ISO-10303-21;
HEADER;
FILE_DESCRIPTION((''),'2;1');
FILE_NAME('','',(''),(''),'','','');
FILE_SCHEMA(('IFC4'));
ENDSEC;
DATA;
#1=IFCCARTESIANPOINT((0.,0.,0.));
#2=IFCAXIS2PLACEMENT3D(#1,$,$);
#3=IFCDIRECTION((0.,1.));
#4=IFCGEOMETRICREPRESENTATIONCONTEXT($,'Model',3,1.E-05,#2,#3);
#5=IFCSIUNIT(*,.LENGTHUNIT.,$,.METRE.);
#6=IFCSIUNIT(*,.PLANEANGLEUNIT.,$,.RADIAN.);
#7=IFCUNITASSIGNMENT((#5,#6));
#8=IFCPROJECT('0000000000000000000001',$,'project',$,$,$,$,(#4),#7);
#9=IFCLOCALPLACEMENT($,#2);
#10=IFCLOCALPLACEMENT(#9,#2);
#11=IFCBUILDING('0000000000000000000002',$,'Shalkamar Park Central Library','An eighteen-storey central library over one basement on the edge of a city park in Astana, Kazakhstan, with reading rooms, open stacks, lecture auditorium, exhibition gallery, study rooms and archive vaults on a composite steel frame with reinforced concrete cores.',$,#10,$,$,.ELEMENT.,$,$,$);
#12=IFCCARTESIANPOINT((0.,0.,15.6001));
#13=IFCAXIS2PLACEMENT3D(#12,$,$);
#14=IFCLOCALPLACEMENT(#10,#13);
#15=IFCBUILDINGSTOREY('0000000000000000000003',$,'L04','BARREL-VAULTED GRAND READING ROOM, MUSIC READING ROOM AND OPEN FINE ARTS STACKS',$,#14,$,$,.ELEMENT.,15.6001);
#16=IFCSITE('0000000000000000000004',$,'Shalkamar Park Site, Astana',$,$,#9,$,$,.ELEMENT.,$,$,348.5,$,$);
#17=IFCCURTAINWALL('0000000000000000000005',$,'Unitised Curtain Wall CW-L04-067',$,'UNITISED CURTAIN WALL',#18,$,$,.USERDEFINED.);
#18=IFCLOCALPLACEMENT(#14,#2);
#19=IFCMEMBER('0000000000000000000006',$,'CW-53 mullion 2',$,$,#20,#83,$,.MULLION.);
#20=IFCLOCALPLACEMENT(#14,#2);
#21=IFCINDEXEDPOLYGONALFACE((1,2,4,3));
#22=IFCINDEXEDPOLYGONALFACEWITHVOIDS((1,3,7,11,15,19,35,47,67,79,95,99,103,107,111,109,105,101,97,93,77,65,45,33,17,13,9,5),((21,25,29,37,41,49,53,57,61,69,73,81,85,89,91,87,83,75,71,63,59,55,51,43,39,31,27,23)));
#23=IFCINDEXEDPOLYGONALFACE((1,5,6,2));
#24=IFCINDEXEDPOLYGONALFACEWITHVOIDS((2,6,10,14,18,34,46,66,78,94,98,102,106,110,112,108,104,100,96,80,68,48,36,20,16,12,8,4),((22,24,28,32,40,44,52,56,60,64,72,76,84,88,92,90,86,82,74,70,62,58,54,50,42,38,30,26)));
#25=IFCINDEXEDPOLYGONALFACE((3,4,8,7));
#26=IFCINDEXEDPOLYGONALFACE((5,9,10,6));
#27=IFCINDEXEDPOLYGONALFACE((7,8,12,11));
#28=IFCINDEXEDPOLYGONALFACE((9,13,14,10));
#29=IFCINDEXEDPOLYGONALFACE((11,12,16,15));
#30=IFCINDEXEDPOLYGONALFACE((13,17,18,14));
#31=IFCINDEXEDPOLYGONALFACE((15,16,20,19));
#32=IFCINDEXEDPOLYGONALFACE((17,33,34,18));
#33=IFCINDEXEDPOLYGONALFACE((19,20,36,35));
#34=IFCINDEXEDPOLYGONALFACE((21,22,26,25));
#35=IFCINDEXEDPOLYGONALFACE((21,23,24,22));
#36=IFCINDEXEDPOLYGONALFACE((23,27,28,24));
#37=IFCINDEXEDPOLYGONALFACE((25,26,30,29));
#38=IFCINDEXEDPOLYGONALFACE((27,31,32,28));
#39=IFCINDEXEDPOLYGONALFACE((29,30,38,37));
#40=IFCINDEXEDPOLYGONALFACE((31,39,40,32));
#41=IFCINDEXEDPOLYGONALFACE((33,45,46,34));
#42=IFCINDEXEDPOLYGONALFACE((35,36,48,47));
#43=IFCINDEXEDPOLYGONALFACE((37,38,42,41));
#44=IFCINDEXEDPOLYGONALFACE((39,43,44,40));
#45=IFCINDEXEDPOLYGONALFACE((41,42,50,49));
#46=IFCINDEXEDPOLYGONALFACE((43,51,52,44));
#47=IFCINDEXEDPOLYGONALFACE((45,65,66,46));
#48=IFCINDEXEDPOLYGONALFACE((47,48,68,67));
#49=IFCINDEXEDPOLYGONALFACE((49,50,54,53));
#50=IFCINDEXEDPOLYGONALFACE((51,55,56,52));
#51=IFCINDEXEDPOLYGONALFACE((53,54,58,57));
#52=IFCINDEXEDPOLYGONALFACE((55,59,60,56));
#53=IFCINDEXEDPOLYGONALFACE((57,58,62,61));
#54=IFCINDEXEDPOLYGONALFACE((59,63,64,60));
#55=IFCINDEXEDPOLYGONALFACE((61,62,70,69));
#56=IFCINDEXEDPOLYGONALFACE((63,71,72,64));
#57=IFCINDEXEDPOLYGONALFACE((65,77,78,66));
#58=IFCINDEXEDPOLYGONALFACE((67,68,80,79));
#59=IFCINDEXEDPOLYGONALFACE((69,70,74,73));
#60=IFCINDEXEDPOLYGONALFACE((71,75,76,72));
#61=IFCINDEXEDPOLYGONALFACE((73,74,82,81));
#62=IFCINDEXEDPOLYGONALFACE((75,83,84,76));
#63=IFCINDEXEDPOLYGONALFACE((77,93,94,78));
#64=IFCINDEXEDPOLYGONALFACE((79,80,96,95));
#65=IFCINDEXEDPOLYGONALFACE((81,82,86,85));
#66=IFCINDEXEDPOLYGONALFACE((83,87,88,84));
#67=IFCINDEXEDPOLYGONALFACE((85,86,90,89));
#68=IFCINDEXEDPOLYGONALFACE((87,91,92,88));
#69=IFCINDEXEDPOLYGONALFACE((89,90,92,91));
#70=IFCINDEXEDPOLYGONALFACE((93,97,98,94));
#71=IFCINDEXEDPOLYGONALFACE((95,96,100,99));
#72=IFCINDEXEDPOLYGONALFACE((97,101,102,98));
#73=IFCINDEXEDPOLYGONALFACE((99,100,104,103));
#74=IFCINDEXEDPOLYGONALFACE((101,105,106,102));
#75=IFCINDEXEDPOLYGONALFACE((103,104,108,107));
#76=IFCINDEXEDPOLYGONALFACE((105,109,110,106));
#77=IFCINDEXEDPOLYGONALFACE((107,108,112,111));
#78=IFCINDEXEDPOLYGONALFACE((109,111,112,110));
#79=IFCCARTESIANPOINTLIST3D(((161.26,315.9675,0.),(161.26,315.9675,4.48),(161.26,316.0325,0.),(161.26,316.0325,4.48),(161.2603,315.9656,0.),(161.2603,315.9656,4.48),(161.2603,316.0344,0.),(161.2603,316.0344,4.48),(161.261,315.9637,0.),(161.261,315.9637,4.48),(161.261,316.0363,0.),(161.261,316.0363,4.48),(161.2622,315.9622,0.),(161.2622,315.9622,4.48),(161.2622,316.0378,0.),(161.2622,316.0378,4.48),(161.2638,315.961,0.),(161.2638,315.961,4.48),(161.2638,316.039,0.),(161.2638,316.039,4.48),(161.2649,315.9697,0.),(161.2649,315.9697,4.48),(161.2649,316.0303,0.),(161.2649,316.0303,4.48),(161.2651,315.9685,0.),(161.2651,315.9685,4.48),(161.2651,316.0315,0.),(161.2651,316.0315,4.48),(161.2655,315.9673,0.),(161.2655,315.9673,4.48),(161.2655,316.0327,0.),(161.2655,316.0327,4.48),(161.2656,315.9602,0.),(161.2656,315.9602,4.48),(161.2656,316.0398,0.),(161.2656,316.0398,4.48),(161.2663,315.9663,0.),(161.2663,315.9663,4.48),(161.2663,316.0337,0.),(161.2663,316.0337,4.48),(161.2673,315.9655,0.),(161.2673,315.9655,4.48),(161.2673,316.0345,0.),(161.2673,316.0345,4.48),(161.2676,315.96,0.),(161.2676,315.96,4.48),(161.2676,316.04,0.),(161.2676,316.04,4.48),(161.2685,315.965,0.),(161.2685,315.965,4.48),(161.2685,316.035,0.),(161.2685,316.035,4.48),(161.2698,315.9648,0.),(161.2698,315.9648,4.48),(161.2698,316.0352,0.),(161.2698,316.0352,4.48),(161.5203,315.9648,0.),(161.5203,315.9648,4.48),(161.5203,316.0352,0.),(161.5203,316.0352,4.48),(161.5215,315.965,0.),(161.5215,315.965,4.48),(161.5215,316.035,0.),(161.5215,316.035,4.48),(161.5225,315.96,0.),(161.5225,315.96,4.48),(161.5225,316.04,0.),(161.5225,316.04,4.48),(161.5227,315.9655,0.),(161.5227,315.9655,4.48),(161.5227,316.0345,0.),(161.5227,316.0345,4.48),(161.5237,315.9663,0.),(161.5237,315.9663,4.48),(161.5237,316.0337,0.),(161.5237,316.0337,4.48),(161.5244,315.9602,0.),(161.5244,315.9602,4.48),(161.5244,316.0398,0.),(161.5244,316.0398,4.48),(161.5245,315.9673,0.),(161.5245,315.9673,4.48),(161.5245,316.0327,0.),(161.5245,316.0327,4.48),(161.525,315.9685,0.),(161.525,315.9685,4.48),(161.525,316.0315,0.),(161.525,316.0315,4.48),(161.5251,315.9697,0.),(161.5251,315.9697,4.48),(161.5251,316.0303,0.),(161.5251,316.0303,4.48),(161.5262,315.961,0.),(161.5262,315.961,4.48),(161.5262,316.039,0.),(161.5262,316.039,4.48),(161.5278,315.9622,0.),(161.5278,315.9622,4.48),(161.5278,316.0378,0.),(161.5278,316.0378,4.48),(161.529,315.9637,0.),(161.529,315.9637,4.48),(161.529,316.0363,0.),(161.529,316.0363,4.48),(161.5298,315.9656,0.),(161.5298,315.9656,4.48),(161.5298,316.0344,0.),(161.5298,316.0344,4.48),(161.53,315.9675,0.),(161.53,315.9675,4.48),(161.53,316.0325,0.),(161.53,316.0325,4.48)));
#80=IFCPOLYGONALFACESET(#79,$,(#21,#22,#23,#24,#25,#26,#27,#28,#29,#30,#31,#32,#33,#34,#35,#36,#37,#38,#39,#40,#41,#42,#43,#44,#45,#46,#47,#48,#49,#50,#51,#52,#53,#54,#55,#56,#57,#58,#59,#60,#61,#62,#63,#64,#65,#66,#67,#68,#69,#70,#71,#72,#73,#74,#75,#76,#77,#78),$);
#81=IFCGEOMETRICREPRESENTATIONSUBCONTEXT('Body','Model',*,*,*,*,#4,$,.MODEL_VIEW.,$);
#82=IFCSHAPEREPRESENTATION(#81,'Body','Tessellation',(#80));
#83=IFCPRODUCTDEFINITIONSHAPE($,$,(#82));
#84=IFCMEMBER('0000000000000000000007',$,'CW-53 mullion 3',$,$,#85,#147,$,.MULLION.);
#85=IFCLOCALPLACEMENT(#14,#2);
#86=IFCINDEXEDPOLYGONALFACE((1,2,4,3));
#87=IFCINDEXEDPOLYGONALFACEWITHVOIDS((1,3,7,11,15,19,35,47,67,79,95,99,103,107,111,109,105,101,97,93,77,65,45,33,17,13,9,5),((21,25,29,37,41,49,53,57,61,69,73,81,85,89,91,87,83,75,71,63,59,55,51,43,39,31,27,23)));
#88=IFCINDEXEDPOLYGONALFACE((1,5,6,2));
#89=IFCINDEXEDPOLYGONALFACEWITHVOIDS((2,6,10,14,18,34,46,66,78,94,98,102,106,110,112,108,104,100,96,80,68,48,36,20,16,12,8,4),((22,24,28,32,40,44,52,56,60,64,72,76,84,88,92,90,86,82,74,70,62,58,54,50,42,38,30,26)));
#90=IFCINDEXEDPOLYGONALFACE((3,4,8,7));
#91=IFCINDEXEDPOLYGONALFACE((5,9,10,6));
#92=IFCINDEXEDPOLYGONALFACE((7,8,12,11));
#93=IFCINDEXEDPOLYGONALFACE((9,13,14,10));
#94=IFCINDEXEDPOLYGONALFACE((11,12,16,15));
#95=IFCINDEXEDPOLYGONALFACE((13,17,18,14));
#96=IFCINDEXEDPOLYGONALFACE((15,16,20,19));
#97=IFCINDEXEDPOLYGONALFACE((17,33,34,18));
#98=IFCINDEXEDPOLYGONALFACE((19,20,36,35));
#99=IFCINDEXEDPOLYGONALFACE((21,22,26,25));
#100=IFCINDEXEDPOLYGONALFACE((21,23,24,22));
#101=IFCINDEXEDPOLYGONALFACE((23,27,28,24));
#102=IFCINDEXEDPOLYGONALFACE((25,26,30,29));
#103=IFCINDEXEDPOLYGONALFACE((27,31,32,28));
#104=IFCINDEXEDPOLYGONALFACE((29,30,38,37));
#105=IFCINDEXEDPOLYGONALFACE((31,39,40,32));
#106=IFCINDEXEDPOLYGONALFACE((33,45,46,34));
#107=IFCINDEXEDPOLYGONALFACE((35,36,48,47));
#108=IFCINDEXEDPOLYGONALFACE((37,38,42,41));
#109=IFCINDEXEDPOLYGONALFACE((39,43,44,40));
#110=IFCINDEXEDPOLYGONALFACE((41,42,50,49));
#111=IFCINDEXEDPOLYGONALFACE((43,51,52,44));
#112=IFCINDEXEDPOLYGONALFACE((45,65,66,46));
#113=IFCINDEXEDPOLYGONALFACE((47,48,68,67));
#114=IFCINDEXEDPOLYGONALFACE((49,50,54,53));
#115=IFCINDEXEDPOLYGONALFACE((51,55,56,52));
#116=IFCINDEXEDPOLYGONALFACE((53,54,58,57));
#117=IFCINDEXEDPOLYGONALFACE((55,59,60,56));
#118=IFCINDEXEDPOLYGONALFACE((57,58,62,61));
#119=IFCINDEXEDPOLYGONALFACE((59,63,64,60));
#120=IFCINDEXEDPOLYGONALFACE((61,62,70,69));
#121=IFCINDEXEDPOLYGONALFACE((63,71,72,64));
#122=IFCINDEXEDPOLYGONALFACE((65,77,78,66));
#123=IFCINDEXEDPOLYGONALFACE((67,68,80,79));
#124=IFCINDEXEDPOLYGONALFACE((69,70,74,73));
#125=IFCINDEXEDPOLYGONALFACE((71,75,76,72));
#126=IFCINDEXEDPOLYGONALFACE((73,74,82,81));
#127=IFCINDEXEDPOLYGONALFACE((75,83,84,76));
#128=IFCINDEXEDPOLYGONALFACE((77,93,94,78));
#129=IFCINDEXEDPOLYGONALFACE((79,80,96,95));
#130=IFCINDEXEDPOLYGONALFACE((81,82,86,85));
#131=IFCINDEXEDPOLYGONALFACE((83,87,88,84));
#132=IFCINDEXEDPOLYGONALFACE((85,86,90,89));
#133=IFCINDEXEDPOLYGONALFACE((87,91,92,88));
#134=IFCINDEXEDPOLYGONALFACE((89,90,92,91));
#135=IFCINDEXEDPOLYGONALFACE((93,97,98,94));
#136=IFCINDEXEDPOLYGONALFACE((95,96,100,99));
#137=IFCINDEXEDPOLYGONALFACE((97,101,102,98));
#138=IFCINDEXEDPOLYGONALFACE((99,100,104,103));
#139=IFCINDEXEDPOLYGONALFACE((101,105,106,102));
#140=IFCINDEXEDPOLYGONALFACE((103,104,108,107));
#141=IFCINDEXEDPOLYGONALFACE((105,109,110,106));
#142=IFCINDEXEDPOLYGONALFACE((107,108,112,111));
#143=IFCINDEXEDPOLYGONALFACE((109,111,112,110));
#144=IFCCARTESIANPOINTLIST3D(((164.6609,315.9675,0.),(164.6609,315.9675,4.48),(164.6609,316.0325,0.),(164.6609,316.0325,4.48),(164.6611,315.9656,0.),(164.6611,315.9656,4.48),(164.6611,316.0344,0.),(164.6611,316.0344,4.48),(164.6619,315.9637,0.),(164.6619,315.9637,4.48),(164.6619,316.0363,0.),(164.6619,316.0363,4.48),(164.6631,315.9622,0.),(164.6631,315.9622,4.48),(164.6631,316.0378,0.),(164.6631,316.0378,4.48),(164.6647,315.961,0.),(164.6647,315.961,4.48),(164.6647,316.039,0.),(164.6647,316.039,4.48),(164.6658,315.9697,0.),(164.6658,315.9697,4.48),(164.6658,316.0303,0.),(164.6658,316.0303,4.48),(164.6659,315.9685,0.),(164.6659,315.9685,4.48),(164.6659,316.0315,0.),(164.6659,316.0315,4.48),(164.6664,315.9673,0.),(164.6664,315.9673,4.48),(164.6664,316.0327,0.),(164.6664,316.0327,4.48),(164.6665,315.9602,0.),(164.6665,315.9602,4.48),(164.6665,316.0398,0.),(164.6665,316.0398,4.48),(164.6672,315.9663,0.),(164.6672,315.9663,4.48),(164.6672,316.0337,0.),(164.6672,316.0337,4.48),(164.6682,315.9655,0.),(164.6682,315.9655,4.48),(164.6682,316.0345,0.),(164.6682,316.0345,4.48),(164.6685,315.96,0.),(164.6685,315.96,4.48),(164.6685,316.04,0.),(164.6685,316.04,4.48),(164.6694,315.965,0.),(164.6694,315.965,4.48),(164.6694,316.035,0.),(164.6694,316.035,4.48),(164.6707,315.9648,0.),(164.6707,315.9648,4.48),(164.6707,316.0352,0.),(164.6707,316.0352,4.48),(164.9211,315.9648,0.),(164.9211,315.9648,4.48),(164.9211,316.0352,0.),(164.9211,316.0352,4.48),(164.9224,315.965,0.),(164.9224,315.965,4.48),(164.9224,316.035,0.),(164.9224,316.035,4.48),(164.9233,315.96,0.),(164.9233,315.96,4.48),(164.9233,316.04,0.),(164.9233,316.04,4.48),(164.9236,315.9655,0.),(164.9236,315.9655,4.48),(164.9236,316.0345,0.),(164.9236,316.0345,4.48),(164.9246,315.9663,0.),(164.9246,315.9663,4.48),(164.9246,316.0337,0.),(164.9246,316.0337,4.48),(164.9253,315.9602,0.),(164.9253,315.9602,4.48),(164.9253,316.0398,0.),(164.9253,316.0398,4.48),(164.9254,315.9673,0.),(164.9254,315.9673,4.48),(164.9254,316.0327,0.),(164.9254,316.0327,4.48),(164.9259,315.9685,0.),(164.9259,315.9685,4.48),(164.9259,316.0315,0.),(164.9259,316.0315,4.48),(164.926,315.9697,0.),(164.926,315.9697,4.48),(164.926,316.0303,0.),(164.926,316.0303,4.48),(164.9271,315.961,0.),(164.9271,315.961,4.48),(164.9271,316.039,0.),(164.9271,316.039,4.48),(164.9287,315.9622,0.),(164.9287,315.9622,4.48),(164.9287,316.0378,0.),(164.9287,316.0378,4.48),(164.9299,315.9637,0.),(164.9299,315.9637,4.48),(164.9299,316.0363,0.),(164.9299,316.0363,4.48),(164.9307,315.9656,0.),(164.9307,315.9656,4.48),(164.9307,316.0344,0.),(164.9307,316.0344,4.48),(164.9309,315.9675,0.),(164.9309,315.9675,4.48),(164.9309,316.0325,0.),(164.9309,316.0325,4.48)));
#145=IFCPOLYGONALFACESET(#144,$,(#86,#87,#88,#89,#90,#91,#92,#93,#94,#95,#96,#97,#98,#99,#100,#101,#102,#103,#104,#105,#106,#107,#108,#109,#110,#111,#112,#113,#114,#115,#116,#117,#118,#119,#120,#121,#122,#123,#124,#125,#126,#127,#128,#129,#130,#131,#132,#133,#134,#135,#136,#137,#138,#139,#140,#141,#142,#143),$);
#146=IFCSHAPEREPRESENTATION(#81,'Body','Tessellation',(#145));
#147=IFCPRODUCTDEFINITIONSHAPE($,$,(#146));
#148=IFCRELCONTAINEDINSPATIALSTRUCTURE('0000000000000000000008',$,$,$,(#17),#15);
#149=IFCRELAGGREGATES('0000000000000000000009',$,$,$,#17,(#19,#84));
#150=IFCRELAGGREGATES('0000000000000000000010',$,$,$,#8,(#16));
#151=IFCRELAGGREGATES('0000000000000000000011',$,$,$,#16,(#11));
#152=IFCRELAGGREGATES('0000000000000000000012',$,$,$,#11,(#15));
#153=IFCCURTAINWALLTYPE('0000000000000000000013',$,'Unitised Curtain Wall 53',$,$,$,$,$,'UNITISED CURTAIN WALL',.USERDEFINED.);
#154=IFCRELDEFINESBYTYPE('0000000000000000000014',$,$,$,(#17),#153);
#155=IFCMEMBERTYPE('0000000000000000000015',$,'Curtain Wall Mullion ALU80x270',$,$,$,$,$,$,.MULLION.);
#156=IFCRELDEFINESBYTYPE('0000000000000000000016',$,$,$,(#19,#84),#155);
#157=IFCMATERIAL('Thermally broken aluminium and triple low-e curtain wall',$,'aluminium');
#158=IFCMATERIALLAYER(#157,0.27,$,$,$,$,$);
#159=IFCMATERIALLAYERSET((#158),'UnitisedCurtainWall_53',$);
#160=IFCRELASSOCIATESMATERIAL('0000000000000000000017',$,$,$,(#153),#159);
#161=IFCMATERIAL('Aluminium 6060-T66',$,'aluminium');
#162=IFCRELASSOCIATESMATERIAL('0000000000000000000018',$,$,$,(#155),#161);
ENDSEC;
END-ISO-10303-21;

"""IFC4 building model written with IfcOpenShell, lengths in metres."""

from ifc_helpers import new_model, si_unit, direction, frame, origin, origin_2d, place, context, subcontext, project, spatial, hollow_rectangle, extrude, material, layer, layer_set, material_profile, profile_set, type_object, element, aggregate, save


model = new_model("IFC4")

# Units and contexts
model_context = context("Model", 3, precision=1e-05, world=origin(), true_north=direction((0.0, 1.0)))
body_context = subcontext(model_context, "Body", "Model", "MODEL_VIEW")
ifc_project = project(units=[si_unit("LENGTHUNIT", "METRE"), si_unit("PLANEANGLEUNIT", "RADIAN")], contexts=[model_context])

# Site, building, storey
site_placement = place(None, origin())
site = spatial("IfcSite", under=ifc_project, at=site_placement, Name="Shalkamar Park Site, Astana", CompositionType="ELEMENT", RefElevation=348.5)
building_placement = place(site_placement, origin())
building = spatial("IfcBuilding", under=site, at=building_placement, Name="Shalkamar Park Central Library", Description="An eighteen-storey central library over one basement on the edge of a city park in Astana, Kazakhstan, with reading rooms, open stacks, lecture auditorium, exhibition gallery, study rooms and archive vaults on a composite steel frame with reinforced concrete cores.", CompositionType="ELEMENT")
storey_placement = place(building_placement, frame((0.0, 0.0, 15.6001)))
storey = spatial("IfcBuildingStorey", under=building, at=storey_placement, Name="L04", Description="BARREL-VAULTED GRAND READING ROOM, MUSIC READING ROOM AND OPEN FINE ARTS STACKS", CompositionType="ELEMENT", Elevation=15.6001)

# Curtain wall, members
ifc_material_1 = material(Name="Thermally broken aluminium and triple low-e curtain wall", Category="aluminium")
ifc_layer_1 = layer(ifc_material_1, 0.27)
ifc_layer_set_1 = layer_set([ifc_layer_1], Name="UnitisedCurtainWall_53")
curtain_wall_type_1 = type_object("IfcCurtainWallType", Name="Unitised Curtain Wall 53", ElementType="UNITISED CURTAIN WALL", PredefinedType="USERDEFINED", material=ifc_layer_set_1)
curtain_wall_1_placement = place(storey_placement, origin())
curtain_wall_1 = element("IfcCurtainWall", 1, at=curtain_wall_1_placement, inside=storey, type_object=curtain_wall_type_1, Name="Unitised Curtain Wall CW-L04-067", ObjectType="UNITISED CURTAIN WALL", PredefinedType="USERDEFINED")
ifc_material_2 = material(Name="Aluminium 6060-T66", Category="aluminium")
ifc_material_profile_1 = material_profile(ifc_material_2, hollow_rectangle(XDim=0.0801, YDim=0.27, WallThickness=0.0049, InnerFilletRadius=0.0049, OuterFilletRadius=0.0076, at=origin_2d()), Name="ALU 80x270x5")
ifc_profile_set_1 = profile_set([ifc_material_profile_1], Name="Aluminium 6060-T66")
member_type_1 = type_object("IfcMemberType", Name="Curtain Wall Mullion ALU80x270", PredefinedType="MULLION", material=ifc_profile_set_1)
member_1_placement = place(storey_placement, frame((161.395, 316.0, 0.0), z_axis=(0.0, 0.0, 1.0), x_axis=(0.0, 1.0, 0.0)))
member_1 = element("IfcMember", 2, at=member_1_placement, type_object=member_type_1, Name="CW-53 mullion 2", PredefinedType="MULLION", context=body_context, shape_type="SweptSolid", body=[
    extrude(hollow_rectangle(XDim=0.0801, YDim=0.27, WallThickness=0.0049, InnerFilletRadius=0.0049, OuterFilletRadius=0.0076, at=origin_2d()), origin(), (0.0, 0.0, 1.0), 4.48),
])
member_2_placement = place(storey_placement, frame((164.7959, 316.0, 0.0), z_axis=(0.0, 0.0, 1.0), x_axis=(0.0, 1.0, 0.0)))
member_2 = element("IfcMember", 3, at=member_2_placement, type_object=member_type_1, Name="CW-53 mullion 3", PredefinedType="MULLION", context=body_context, shape_type="SweptSolid", body=[
    extrude(hollow_rectangle(XDim=0.0801, YDim=0.27, WallThickness=0.0049, InnerFilletRadius=0.0049, OuterFilletRadius=0.0076, at=origin_2d()), origin(), (0.0, 0.0, 1.0), 4.48),
])

aggregate(curtain_wall_1, [member_1, member_2])

save(model, "model.ifc")
